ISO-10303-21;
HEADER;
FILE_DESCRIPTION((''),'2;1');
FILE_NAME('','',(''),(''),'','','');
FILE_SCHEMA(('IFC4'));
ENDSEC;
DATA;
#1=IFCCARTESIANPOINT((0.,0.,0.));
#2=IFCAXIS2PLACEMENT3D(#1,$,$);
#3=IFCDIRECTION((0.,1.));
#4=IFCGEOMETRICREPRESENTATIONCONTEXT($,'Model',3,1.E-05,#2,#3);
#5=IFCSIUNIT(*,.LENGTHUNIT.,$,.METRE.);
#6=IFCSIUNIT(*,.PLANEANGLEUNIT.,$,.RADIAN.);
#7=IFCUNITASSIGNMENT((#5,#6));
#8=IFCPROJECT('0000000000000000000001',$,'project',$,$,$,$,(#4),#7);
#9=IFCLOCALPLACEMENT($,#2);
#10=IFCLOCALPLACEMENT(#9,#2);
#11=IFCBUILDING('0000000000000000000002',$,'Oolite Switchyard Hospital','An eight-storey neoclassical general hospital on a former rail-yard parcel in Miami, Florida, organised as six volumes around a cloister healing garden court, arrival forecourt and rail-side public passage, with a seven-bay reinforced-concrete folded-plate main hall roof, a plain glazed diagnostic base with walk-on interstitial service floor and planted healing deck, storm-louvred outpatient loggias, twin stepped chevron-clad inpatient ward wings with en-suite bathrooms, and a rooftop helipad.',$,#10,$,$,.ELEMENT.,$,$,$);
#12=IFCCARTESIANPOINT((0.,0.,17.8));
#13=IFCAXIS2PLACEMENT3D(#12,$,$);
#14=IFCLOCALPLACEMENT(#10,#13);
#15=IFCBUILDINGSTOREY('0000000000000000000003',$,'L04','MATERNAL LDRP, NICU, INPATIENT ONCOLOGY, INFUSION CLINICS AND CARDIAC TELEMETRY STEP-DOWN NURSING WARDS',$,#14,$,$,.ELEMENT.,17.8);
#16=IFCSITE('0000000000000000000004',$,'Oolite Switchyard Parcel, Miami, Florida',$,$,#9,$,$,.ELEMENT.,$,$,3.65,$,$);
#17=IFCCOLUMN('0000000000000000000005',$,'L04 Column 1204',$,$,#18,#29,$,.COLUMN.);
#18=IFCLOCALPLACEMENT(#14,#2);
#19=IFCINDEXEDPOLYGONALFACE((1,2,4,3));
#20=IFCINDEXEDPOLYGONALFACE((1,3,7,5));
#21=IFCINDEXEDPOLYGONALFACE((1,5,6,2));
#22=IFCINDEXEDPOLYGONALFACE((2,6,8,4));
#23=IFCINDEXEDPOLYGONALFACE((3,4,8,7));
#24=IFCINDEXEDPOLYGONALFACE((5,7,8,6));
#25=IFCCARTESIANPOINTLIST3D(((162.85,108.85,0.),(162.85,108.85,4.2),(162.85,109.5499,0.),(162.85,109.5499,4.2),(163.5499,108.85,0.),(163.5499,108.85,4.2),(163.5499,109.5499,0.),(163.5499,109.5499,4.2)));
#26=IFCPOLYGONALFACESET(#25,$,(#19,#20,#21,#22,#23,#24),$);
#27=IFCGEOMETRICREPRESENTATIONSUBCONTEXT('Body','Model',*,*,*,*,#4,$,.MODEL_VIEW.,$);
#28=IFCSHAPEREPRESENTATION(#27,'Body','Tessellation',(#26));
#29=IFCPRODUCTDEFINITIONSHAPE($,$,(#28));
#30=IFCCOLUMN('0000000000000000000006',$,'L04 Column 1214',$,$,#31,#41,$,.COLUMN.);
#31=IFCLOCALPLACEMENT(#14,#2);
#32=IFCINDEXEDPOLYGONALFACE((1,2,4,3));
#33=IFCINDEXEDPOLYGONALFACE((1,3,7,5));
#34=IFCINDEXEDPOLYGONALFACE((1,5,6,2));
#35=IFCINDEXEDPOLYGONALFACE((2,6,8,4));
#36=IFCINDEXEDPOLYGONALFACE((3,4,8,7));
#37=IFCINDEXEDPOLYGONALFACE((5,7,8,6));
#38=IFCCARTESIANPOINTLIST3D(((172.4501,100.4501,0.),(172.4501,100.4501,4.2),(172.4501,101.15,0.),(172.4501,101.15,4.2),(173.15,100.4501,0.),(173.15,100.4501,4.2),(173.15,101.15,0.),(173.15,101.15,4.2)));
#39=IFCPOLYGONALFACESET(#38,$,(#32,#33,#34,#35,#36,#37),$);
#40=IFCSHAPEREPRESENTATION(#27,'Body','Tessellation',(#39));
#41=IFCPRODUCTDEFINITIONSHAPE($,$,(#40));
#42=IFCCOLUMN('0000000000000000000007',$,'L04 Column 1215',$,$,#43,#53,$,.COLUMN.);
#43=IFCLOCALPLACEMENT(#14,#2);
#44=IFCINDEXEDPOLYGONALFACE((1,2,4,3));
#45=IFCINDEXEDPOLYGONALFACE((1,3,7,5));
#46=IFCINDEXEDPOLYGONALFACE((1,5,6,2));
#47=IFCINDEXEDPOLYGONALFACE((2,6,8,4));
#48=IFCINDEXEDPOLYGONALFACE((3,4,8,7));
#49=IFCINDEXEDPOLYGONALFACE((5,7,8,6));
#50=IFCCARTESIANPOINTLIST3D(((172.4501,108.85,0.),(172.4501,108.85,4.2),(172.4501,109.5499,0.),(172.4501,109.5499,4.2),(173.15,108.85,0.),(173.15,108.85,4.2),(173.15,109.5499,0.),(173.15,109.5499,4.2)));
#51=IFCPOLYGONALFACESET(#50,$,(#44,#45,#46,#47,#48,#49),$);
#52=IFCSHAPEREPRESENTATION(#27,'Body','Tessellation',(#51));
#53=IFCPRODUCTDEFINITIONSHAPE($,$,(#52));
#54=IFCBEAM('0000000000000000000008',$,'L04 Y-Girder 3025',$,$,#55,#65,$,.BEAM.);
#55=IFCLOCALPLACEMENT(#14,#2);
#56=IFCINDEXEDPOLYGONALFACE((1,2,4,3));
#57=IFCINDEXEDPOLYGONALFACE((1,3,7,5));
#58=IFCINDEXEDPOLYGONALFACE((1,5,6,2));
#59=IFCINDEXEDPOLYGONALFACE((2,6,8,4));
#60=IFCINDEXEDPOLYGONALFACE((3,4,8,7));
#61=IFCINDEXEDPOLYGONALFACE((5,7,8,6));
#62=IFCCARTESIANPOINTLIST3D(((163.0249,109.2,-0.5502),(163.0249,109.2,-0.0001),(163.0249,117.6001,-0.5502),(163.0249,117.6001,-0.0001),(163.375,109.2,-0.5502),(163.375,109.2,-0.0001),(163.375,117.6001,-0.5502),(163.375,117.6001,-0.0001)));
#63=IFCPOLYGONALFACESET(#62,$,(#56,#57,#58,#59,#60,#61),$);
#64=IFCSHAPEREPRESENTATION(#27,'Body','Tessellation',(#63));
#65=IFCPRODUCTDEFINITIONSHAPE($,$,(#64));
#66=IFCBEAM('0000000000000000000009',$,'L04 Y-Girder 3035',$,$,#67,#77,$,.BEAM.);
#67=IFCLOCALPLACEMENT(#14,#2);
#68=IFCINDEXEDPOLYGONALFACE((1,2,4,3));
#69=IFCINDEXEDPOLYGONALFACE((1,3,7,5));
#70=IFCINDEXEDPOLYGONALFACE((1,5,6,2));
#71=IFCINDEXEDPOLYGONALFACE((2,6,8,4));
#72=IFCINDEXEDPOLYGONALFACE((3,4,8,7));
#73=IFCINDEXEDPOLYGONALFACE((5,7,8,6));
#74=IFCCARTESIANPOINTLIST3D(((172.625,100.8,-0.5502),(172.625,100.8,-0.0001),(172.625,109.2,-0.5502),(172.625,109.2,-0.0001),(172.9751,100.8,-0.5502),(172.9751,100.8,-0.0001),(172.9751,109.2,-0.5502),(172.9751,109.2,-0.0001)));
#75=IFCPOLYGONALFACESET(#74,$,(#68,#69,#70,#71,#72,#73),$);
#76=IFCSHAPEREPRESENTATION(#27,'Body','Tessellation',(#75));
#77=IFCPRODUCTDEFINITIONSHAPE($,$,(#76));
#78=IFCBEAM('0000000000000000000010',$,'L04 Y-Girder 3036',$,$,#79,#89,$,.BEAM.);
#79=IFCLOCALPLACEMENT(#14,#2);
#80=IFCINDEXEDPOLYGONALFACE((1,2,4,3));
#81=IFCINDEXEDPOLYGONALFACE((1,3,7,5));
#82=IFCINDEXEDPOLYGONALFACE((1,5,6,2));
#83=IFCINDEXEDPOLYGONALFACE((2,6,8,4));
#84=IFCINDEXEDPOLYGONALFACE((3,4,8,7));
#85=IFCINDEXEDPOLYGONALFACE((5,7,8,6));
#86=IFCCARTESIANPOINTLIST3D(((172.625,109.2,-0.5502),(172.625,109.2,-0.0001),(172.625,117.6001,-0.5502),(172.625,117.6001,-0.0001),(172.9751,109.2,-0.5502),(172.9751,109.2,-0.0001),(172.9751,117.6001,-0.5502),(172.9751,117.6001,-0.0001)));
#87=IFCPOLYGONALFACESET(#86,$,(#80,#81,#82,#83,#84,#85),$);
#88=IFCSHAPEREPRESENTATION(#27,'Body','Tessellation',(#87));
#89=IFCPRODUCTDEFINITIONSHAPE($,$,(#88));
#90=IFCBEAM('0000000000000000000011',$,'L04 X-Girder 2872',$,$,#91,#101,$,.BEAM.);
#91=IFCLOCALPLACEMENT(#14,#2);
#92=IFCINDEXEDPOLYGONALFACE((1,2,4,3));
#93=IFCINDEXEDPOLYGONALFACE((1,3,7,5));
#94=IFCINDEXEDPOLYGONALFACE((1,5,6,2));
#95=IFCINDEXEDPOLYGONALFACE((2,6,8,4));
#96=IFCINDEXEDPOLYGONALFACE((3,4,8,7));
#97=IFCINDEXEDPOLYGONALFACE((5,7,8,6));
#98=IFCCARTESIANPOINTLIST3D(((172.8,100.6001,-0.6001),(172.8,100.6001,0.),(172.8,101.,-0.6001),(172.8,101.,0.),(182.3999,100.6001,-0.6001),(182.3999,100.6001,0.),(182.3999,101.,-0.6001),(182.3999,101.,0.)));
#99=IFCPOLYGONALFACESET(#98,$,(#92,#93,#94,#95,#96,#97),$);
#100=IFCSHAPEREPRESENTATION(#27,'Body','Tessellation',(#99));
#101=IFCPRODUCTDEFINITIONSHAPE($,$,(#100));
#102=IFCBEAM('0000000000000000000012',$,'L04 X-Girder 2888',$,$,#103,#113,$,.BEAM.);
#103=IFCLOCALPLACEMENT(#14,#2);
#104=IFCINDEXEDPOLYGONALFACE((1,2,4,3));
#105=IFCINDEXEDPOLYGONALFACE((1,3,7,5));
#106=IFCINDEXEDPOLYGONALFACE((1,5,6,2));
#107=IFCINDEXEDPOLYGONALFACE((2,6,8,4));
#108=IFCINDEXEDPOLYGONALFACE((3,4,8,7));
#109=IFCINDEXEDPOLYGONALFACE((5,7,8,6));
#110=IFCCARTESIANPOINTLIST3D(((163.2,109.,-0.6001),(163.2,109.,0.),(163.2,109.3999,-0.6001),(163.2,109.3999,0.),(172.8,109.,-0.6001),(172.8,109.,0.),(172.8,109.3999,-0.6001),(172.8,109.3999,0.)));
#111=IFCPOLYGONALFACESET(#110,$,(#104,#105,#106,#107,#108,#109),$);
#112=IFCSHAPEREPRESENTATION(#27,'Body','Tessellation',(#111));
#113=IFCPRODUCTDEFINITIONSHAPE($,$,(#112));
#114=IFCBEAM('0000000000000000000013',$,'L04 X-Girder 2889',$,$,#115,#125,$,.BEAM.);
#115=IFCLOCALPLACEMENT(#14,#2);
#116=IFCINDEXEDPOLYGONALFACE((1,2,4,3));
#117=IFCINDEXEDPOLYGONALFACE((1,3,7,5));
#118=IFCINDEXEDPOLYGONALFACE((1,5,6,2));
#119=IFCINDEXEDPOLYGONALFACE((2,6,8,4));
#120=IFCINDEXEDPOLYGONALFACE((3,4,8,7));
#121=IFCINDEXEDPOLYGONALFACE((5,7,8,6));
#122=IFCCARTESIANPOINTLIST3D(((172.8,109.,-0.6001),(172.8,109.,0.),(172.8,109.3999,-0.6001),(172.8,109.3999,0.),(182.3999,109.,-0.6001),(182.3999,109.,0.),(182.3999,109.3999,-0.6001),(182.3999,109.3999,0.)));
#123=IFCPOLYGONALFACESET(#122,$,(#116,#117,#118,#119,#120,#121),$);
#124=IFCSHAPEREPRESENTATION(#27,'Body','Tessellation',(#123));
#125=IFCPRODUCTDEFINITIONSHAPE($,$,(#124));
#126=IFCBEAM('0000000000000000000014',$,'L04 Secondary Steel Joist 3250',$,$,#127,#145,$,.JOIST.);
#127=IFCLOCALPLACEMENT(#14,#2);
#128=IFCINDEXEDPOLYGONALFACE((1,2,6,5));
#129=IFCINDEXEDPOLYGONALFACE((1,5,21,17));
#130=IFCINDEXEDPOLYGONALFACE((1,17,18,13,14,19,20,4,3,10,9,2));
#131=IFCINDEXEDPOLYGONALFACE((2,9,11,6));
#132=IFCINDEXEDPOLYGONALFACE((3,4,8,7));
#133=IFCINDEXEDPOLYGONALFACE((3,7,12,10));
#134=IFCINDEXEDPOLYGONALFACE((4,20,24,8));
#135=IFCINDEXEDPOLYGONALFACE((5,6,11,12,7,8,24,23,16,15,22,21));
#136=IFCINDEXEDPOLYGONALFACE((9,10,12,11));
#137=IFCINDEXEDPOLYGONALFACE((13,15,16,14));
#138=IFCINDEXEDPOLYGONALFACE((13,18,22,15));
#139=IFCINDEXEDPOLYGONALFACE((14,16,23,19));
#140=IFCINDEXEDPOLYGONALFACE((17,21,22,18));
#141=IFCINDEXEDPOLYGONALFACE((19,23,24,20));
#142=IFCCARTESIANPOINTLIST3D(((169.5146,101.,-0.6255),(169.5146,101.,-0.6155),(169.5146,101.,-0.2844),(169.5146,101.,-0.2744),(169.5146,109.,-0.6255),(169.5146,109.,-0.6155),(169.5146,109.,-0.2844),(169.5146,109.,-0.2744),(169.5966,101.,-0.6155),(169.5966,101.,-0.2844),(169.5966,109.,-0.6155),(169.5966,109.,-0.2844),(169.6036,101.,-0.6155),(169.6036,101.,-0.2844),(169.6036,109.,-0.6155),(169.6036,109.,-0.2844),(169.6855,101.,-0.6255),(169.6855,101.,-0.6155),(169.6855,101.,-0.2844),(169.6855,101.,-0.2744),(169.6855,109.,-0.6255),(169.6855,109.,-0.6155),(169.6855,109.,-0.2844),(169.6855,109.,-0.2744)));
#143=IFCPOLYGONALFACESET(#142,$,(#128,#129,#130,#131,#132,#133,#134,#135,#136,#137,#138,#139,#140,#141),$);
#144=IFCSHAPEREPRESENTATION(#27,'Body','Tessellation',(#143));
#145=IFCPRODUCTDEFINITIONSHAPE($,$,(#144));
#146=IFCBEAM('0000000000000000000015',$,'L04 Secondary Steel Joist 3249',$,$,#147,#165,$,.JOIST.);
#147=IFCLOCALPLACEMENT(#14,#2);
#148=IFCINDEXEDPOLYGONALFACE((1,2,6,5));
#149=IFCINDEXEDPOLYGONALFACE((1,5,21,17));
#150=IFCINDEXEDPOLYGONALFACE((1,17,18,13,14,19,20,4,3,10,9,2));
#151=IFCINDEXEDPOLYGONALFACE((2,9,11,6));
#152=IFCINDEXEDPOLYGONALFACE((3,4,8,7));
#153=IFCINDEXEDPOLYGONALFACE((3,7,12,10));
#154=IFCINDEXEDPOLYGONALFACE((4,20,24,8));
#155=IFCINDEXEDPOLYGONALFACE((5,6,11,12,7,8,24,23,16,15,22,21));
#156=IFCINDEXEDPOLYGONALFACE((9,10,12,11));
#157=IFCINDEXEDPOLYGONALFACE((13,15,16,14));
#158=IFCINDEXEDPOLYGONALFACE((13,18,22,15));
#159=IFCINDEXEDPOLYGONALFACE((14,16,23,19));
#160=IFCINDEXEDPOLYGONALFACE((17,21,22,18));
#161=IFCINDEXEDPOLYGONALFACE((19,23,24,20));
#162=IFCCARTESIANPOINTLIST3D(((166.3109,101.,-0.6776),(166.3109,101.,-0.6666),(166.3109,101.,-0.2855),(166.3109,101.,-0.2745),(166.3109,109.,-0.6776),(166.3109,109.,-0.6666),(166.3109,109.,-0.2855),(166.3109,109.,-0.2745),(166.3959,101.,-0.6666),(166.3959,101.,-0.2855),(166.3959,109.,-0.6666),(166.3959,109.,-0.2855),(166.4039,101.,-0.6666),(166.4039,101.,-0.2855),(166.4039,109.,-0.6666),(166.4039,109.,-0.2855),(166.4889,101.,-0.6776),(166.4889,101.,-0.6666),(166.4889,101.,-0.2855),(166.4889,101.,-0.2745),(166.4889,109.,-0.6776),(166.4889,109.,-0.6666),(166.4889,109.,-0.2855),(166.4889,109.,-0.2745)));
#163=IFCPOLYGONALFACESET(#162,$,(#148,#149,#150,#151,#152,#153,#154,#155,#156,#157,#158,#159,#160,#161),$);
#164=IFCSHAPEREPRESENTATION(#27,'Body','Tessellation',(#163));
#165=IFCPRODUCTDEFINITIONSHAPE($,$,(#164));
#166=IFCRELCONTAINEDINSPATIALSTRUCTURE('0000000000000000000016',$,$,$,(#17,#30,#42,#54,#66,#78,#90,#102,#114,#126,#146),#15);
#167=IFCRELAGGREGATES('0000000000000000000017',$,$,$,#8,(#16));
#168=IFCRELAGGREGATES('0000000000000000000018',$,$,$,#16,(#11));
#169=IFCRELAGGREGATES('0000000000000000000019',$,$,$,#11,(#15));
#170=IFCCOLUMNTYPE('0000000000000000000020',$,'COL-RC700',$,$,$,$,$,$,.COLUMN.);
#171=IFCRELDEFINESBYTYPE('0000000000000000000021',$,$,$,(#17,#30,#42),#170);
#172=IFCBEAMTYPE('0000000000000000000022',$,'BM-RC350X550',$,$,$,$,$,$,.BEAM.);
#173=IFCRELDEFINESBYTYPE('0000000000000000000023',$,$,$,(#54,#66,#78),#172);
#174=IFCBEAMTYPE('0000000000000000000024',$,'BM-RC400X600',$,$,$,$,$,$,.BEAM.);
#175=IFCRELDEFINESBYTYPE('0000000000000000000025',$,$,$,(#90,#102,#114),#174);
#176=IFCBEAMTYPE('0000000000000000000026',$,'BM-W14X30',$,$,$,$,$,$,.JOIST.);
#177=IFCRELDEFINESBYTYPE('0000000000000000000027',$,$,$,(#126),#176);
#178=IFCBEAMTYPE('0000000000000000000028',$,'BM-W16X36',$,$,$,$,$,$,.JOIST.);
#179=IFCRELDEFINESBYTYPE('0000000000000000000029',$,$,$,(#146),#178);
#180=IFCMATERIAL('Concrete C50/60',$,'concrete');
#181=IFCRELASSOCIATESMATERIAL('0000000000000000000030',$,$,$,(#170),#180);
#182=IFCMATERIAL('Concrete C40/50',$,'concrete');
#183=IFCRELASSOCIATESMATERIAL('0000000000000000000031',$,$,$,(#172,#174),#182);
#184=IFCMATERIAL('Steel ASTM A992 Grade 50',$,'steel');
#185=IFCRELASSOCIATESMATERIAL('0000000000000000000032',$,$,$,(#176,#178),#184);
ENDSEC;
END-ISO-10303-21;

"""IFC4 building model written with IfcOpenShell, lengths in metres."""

from ifc_helpers import new_model, si_unit, direction, frame, origin, origin_2d, place, context, subcontext, project, spatial, rectangle, i_section, extrude, material, material_profile, profile_set, type_object, element, save


model = new_model("IFC4")

# Units and contexts
model_context = context("Model", 3, precision=1e-05, world=origin(), true_north=direction((0.0, 1.0)))
body_context = subcontext(model_context, "Body", "Model", "MODEL_VIEW")
ifc_project = project(units=[si_unit("LENGTHUNIT", "METRE"), si_unit("PLANEANGLEUNIT", "RADIAN")], contexts=[model_context])

# Site, building, storey
site_placement = place(None, origin())
site = spatial("IfcSite", under=ifc_project, at=site_placement, Name="Oolite Switchyard Parcel, Miami, Florida", CompositionType="ELEMENT", RefElevation=3.65)
building_placement = place(site_placement, origin())
building = spatial("IfcBuilding", under=site, at=building_placement, Name="Oolite Switchyard Hospital", Description="An eight-storey neoclassical general hospital on a former rail-yard parcel in Miami, Florida, organised as six volumes around a cloister healing garden court, arrival forecourt and rail-side public passage, with a seven-bay reinforced-concrete folded-plate main hall roof, a plain glazed diagnostic base with walk-on interstitial service floor and planted healing deck, storm-louvred outpatient loggias, twin stepped chevron-clad inpatient ward wings with en-suite bathrooms, and a rooftop helipad.", CompositionType="ELEMENT")
storey_placement = place(building_placement, frame((0.0, 0.0, 17.8)))
storey = spatial("IfcBuildingStorey", under=building, at=storey_placement, Name="L04", Description="MATERNAL LDRP, NICU, INPATIENT ONCOLOGY, INFUSION CLINICS AND CARDIAC TELEMETRY STEP-DOWN NURSING WARDS", CompositionType="ELEMENT", Elevation=17.8)

# Columns
ifc_material_1 = material(Name="Concrete C50/60", Category="concrete")
ifc_material_profile_1 = material_profile(ifc_material_1, rectangle(XDim=0.7, YDim=0.7, at=origin_2d()), Name="RC700X700")
ifc_profile_set_1 = profile_set([ifc_material_profile_1], Name="Concrete C50/60")
column_type = type_object("IfcColumnType", Name="COL-RC700", PredefinedType="COLUMN", material=ifc_profile_set_1)
for number, where, z_axis, x_axis, name in (
    (1, (163.2, 109.2, 0.0), (0.0, 0.0, 1.0), (1.0, 0.0, 0.0), "L04 Column 1204"),
    (2, (172.8, 100.8, 0.0), (0.0, 0.0, 1.0), (1.0, 0.0, 0.0), "L04 Column 1214"),
    (3, (172.8, 109.2, 0.0), (0.0, 0.0, 1.0), (1.0, 0.0, 0.0), "L04 Column 1215"),
):
    element("IfcColumn", number, at=place(storey_placement, frame(where, z_axis=z_axis, x_axis=x_axis)), inside=storey, type_object=column_type, Name=name, PredefinedType="COLUMN", context=body_context, shape_type="SweptSolid", body=[
        extrude(rectangle(XDim=0.7, YDim=0.7, at=origin_2d()), origin(), (0.0, 0.0, 1.0), 4.2),
    ])

# Beams
ifc_material_2 = material(Name="Concrete C40/50", Category="concrete")
ifc_material_profile_2 = material_profile(ifc_material_2, rectangle(XDim=0.3501, YDim=0.55, at=origin_2d()), Name="RCB350X550")
ifc_profile_set_2 = profile_set([ifc_material_profile_2], Name="Concrete C40/50")
beam_type_1 = type_object("IfcBeamType", Name="BM-RC350X550", PredefinedType="BEAM", material=ifc_profile_set_2)
beam_1_placement = place(storey_placement, frame((163.2, 109.2, -0.2751), z_axis=(0.0, 1.0, 0.0), x_axis=(-1.0, 0.0, 0.0)))
element("IfcBeam", 4, at=beam_1_placement, inside=storey, type_object=beam_type_1, Name="L04 Y-Girder 3025", PredefinedType="BEAM", context=body_context, shape_type="SweptSolid", body=[
    extrude(rectangle(XDim=0.3501, YDim=0.55, at=origin_2d()), origin(), (0.0, 0.0, 1.0), 8.4001),
])
beam_2_placement = place(storey_placement, frame((172.8, 100.8, -0.2751), z_axis=(0.0, 1.0, 0.0), x_axis=(-1.0, 0.0, 0.0)))
element("IfcBeam", 5, at=beam_2_placement, inside=storey, type_object=beam_type_1, Name="L04 Y-Girder 3035", PredefinedType="BEAM", context=body_context, shape_type="SweptSolid", body=[
    extrude(rectangle(XDim=0.3501, YDim=0.55, at=origin_2d()), origin(), (0.0, 0.0, 1.0), 8.3999),
])
beam_3_placement = place(storey_placement, frame((172.8, 109.2, -0.2751), z_axis=(0.0, 1.0, 0.0), x_axis=(-1.0, 0.0, 0.0)))
element("IfcBeam", 6, at=beam_3_placement, inside=storey, type_object=beam_type_1, Name="L04 Y-Girder 3036", PredefinedType="BEAM", context=body_context, shape_type="SweptSolid", body=[
    extrude(rectangle(XDim=0.3501, YDim=0.55, at=origin_2d()), origin(), (0.0, 0.0, 1.0), 8.4001),
])
ifc_material_profile_3 = material_profile(ifc_material_2, rectangle(XDim=0.3999, YDim=0.6001, at=origin_2d()), Name="RCB400X600")
ifc_profile_set_3 = profile_set([ifc_material_profile_3], Name="Concrete C40/50")
beam_type_2 = type_object("IfcBeamType", Name="BM-RC400X600", PredefinedType="BEAM", material=ifc_profile_set_3)
beam_4_placement = place(storey_placement, frame((172.8, 100.8, -0.3), z_axis=(1.0, 0.0, 0.0), x_axis=(0.0, 1.0, 0.0)))
element("IfcBeam", 7, at=beam_4_placement, inside=storey, type_object=beam_type_2, Name="L04 X-Girder 2872", PredefinedType="BEAM", context=body_context, shape_type="SweptSolid", body=[
    extrude(rectangle(XDim=0.3999, YDim=0.6001, at=origin_2d()), origin(), (0.0, 0.0, 1.0), 9.5999),
])
beam_5_placement = place(storey_placement, frame((163.2, 109.2, -0.3), z_axis=(1.0, 0.0, 0.0), x_axis=(0.0, 1.0, 0.0)))
element("IfcBeam", 8, at=beam_5_placement, inside=storey, type_object=beam_type_2, Name="L04 X-Girder 2888", PredefinedType="BEAM", context=body_context, shape_type="SweptSolid", body=[
    extrude(rectangle(XDim=0.3999, YDim=0.6001, at=origin_2d()), origin(), (0.0, 0.0, 1.0), 9.6001),
])
beam_6_placement = place(storey_placement, frame((172.8, 109.2, -0.3), z_axis=(1.0, 0.0, 0.0), x_axis=(0.0, 1.0, 0.0)))
element("IfcBeam", 9, at=beam_6_placement, inside=storey, type_object=beam_type_2, Name="L04 X-Girder 2889", PredefinedType="BEAM", context=body_context, shape_type="SweptSolid", body=[
    extrude(rectangle(XDim=0.3999, YDim=0.6001, at=origin_2d()), origin(), (0.0, 0.0, 1.0), 9.5999),
])
ifc_material_3 = material(Name="Steel ASTM A992 Grade 50", Category="steel")
ifc_material_profile_4 = material_profile(ifc_material_3, i_section(OverallWidth=0.1709, OverallDepth=0.3511, WebThickness=0.0071, FlangeThickness=0.01, at=origin_2d()), Name="W14X30")
ifc_profile_set_4 = profile_set([ifc_material_profile_4], Name="Steel ASTM A992 Grade 50")
beam_type_3 = type_object("IfcBeamType", Name="BM-W14X30", PredefinedType="JOIST", material=ifc_profile_set_4)
beam_7_placement = place(storey_placement, frame((169.6001, 101.0, -0.45), z_axis=(0.0, 1.0, 0.0), x_axis=(-1.0, 0.0, 0.0)))
element("IfcBeam", 10, at=beam_7_placement, inside=storey, type_object=beam_type_3, Name="L04 Secondary Steel Joist 3250", PredefinedType="JOIST", context=body_context, shape_type="SweptSolid", body=[
    extrude(i_section(OverallWidth=0.1709, OverallDepth=0.3511, WebThickness=0.0071, FlangeThickness=0.01, at=origin_2d()), origin(), (0.0, 0.0, 1.0), 8.0),
])
ifc_material_profile_5 = material_profile(ifc_material_3, i_section(OverallWidth=0.178, OverallDepth=0.4031, WebThickness=0.0081, FlangeThickness=0.011, at=origin_2d()), Name="W16X36")
ifc_profile_set_5 = profile_set([ifc_material_profile_5], Name="Steel ASTM A992 Grade 50")
beam_type_4 = type_object("IfcBeamType", Name="BM-W16X36", PredefinedType="JOIST", material=ifc_profile_set_5)
beam_8_placement = place(storey_placement, frame((166.3999, 101.0, -0.4761), z_axis=(0.0, 1.0, 0.0), x_axis=(-1.0, 0.0, 0.0)))
element("IfcBeam", 11, at=beam_8_placement, inside=storey, type_object=beam_type_4, Name="L04 Secondary Steel Joist 3249", PredefinedType="JOIST", context=body_context, shape_type="SweptSolid", body=[
    extrude(i_section(OverallWidth=0.178, OverallDepth=0.4031, WebThickness=0.0081, FlangeThickness=0.011, at=origin_2d()), origin(), (0.0, 0.0, 1.0), 8.0),
])

save(model, "model.ifc")
